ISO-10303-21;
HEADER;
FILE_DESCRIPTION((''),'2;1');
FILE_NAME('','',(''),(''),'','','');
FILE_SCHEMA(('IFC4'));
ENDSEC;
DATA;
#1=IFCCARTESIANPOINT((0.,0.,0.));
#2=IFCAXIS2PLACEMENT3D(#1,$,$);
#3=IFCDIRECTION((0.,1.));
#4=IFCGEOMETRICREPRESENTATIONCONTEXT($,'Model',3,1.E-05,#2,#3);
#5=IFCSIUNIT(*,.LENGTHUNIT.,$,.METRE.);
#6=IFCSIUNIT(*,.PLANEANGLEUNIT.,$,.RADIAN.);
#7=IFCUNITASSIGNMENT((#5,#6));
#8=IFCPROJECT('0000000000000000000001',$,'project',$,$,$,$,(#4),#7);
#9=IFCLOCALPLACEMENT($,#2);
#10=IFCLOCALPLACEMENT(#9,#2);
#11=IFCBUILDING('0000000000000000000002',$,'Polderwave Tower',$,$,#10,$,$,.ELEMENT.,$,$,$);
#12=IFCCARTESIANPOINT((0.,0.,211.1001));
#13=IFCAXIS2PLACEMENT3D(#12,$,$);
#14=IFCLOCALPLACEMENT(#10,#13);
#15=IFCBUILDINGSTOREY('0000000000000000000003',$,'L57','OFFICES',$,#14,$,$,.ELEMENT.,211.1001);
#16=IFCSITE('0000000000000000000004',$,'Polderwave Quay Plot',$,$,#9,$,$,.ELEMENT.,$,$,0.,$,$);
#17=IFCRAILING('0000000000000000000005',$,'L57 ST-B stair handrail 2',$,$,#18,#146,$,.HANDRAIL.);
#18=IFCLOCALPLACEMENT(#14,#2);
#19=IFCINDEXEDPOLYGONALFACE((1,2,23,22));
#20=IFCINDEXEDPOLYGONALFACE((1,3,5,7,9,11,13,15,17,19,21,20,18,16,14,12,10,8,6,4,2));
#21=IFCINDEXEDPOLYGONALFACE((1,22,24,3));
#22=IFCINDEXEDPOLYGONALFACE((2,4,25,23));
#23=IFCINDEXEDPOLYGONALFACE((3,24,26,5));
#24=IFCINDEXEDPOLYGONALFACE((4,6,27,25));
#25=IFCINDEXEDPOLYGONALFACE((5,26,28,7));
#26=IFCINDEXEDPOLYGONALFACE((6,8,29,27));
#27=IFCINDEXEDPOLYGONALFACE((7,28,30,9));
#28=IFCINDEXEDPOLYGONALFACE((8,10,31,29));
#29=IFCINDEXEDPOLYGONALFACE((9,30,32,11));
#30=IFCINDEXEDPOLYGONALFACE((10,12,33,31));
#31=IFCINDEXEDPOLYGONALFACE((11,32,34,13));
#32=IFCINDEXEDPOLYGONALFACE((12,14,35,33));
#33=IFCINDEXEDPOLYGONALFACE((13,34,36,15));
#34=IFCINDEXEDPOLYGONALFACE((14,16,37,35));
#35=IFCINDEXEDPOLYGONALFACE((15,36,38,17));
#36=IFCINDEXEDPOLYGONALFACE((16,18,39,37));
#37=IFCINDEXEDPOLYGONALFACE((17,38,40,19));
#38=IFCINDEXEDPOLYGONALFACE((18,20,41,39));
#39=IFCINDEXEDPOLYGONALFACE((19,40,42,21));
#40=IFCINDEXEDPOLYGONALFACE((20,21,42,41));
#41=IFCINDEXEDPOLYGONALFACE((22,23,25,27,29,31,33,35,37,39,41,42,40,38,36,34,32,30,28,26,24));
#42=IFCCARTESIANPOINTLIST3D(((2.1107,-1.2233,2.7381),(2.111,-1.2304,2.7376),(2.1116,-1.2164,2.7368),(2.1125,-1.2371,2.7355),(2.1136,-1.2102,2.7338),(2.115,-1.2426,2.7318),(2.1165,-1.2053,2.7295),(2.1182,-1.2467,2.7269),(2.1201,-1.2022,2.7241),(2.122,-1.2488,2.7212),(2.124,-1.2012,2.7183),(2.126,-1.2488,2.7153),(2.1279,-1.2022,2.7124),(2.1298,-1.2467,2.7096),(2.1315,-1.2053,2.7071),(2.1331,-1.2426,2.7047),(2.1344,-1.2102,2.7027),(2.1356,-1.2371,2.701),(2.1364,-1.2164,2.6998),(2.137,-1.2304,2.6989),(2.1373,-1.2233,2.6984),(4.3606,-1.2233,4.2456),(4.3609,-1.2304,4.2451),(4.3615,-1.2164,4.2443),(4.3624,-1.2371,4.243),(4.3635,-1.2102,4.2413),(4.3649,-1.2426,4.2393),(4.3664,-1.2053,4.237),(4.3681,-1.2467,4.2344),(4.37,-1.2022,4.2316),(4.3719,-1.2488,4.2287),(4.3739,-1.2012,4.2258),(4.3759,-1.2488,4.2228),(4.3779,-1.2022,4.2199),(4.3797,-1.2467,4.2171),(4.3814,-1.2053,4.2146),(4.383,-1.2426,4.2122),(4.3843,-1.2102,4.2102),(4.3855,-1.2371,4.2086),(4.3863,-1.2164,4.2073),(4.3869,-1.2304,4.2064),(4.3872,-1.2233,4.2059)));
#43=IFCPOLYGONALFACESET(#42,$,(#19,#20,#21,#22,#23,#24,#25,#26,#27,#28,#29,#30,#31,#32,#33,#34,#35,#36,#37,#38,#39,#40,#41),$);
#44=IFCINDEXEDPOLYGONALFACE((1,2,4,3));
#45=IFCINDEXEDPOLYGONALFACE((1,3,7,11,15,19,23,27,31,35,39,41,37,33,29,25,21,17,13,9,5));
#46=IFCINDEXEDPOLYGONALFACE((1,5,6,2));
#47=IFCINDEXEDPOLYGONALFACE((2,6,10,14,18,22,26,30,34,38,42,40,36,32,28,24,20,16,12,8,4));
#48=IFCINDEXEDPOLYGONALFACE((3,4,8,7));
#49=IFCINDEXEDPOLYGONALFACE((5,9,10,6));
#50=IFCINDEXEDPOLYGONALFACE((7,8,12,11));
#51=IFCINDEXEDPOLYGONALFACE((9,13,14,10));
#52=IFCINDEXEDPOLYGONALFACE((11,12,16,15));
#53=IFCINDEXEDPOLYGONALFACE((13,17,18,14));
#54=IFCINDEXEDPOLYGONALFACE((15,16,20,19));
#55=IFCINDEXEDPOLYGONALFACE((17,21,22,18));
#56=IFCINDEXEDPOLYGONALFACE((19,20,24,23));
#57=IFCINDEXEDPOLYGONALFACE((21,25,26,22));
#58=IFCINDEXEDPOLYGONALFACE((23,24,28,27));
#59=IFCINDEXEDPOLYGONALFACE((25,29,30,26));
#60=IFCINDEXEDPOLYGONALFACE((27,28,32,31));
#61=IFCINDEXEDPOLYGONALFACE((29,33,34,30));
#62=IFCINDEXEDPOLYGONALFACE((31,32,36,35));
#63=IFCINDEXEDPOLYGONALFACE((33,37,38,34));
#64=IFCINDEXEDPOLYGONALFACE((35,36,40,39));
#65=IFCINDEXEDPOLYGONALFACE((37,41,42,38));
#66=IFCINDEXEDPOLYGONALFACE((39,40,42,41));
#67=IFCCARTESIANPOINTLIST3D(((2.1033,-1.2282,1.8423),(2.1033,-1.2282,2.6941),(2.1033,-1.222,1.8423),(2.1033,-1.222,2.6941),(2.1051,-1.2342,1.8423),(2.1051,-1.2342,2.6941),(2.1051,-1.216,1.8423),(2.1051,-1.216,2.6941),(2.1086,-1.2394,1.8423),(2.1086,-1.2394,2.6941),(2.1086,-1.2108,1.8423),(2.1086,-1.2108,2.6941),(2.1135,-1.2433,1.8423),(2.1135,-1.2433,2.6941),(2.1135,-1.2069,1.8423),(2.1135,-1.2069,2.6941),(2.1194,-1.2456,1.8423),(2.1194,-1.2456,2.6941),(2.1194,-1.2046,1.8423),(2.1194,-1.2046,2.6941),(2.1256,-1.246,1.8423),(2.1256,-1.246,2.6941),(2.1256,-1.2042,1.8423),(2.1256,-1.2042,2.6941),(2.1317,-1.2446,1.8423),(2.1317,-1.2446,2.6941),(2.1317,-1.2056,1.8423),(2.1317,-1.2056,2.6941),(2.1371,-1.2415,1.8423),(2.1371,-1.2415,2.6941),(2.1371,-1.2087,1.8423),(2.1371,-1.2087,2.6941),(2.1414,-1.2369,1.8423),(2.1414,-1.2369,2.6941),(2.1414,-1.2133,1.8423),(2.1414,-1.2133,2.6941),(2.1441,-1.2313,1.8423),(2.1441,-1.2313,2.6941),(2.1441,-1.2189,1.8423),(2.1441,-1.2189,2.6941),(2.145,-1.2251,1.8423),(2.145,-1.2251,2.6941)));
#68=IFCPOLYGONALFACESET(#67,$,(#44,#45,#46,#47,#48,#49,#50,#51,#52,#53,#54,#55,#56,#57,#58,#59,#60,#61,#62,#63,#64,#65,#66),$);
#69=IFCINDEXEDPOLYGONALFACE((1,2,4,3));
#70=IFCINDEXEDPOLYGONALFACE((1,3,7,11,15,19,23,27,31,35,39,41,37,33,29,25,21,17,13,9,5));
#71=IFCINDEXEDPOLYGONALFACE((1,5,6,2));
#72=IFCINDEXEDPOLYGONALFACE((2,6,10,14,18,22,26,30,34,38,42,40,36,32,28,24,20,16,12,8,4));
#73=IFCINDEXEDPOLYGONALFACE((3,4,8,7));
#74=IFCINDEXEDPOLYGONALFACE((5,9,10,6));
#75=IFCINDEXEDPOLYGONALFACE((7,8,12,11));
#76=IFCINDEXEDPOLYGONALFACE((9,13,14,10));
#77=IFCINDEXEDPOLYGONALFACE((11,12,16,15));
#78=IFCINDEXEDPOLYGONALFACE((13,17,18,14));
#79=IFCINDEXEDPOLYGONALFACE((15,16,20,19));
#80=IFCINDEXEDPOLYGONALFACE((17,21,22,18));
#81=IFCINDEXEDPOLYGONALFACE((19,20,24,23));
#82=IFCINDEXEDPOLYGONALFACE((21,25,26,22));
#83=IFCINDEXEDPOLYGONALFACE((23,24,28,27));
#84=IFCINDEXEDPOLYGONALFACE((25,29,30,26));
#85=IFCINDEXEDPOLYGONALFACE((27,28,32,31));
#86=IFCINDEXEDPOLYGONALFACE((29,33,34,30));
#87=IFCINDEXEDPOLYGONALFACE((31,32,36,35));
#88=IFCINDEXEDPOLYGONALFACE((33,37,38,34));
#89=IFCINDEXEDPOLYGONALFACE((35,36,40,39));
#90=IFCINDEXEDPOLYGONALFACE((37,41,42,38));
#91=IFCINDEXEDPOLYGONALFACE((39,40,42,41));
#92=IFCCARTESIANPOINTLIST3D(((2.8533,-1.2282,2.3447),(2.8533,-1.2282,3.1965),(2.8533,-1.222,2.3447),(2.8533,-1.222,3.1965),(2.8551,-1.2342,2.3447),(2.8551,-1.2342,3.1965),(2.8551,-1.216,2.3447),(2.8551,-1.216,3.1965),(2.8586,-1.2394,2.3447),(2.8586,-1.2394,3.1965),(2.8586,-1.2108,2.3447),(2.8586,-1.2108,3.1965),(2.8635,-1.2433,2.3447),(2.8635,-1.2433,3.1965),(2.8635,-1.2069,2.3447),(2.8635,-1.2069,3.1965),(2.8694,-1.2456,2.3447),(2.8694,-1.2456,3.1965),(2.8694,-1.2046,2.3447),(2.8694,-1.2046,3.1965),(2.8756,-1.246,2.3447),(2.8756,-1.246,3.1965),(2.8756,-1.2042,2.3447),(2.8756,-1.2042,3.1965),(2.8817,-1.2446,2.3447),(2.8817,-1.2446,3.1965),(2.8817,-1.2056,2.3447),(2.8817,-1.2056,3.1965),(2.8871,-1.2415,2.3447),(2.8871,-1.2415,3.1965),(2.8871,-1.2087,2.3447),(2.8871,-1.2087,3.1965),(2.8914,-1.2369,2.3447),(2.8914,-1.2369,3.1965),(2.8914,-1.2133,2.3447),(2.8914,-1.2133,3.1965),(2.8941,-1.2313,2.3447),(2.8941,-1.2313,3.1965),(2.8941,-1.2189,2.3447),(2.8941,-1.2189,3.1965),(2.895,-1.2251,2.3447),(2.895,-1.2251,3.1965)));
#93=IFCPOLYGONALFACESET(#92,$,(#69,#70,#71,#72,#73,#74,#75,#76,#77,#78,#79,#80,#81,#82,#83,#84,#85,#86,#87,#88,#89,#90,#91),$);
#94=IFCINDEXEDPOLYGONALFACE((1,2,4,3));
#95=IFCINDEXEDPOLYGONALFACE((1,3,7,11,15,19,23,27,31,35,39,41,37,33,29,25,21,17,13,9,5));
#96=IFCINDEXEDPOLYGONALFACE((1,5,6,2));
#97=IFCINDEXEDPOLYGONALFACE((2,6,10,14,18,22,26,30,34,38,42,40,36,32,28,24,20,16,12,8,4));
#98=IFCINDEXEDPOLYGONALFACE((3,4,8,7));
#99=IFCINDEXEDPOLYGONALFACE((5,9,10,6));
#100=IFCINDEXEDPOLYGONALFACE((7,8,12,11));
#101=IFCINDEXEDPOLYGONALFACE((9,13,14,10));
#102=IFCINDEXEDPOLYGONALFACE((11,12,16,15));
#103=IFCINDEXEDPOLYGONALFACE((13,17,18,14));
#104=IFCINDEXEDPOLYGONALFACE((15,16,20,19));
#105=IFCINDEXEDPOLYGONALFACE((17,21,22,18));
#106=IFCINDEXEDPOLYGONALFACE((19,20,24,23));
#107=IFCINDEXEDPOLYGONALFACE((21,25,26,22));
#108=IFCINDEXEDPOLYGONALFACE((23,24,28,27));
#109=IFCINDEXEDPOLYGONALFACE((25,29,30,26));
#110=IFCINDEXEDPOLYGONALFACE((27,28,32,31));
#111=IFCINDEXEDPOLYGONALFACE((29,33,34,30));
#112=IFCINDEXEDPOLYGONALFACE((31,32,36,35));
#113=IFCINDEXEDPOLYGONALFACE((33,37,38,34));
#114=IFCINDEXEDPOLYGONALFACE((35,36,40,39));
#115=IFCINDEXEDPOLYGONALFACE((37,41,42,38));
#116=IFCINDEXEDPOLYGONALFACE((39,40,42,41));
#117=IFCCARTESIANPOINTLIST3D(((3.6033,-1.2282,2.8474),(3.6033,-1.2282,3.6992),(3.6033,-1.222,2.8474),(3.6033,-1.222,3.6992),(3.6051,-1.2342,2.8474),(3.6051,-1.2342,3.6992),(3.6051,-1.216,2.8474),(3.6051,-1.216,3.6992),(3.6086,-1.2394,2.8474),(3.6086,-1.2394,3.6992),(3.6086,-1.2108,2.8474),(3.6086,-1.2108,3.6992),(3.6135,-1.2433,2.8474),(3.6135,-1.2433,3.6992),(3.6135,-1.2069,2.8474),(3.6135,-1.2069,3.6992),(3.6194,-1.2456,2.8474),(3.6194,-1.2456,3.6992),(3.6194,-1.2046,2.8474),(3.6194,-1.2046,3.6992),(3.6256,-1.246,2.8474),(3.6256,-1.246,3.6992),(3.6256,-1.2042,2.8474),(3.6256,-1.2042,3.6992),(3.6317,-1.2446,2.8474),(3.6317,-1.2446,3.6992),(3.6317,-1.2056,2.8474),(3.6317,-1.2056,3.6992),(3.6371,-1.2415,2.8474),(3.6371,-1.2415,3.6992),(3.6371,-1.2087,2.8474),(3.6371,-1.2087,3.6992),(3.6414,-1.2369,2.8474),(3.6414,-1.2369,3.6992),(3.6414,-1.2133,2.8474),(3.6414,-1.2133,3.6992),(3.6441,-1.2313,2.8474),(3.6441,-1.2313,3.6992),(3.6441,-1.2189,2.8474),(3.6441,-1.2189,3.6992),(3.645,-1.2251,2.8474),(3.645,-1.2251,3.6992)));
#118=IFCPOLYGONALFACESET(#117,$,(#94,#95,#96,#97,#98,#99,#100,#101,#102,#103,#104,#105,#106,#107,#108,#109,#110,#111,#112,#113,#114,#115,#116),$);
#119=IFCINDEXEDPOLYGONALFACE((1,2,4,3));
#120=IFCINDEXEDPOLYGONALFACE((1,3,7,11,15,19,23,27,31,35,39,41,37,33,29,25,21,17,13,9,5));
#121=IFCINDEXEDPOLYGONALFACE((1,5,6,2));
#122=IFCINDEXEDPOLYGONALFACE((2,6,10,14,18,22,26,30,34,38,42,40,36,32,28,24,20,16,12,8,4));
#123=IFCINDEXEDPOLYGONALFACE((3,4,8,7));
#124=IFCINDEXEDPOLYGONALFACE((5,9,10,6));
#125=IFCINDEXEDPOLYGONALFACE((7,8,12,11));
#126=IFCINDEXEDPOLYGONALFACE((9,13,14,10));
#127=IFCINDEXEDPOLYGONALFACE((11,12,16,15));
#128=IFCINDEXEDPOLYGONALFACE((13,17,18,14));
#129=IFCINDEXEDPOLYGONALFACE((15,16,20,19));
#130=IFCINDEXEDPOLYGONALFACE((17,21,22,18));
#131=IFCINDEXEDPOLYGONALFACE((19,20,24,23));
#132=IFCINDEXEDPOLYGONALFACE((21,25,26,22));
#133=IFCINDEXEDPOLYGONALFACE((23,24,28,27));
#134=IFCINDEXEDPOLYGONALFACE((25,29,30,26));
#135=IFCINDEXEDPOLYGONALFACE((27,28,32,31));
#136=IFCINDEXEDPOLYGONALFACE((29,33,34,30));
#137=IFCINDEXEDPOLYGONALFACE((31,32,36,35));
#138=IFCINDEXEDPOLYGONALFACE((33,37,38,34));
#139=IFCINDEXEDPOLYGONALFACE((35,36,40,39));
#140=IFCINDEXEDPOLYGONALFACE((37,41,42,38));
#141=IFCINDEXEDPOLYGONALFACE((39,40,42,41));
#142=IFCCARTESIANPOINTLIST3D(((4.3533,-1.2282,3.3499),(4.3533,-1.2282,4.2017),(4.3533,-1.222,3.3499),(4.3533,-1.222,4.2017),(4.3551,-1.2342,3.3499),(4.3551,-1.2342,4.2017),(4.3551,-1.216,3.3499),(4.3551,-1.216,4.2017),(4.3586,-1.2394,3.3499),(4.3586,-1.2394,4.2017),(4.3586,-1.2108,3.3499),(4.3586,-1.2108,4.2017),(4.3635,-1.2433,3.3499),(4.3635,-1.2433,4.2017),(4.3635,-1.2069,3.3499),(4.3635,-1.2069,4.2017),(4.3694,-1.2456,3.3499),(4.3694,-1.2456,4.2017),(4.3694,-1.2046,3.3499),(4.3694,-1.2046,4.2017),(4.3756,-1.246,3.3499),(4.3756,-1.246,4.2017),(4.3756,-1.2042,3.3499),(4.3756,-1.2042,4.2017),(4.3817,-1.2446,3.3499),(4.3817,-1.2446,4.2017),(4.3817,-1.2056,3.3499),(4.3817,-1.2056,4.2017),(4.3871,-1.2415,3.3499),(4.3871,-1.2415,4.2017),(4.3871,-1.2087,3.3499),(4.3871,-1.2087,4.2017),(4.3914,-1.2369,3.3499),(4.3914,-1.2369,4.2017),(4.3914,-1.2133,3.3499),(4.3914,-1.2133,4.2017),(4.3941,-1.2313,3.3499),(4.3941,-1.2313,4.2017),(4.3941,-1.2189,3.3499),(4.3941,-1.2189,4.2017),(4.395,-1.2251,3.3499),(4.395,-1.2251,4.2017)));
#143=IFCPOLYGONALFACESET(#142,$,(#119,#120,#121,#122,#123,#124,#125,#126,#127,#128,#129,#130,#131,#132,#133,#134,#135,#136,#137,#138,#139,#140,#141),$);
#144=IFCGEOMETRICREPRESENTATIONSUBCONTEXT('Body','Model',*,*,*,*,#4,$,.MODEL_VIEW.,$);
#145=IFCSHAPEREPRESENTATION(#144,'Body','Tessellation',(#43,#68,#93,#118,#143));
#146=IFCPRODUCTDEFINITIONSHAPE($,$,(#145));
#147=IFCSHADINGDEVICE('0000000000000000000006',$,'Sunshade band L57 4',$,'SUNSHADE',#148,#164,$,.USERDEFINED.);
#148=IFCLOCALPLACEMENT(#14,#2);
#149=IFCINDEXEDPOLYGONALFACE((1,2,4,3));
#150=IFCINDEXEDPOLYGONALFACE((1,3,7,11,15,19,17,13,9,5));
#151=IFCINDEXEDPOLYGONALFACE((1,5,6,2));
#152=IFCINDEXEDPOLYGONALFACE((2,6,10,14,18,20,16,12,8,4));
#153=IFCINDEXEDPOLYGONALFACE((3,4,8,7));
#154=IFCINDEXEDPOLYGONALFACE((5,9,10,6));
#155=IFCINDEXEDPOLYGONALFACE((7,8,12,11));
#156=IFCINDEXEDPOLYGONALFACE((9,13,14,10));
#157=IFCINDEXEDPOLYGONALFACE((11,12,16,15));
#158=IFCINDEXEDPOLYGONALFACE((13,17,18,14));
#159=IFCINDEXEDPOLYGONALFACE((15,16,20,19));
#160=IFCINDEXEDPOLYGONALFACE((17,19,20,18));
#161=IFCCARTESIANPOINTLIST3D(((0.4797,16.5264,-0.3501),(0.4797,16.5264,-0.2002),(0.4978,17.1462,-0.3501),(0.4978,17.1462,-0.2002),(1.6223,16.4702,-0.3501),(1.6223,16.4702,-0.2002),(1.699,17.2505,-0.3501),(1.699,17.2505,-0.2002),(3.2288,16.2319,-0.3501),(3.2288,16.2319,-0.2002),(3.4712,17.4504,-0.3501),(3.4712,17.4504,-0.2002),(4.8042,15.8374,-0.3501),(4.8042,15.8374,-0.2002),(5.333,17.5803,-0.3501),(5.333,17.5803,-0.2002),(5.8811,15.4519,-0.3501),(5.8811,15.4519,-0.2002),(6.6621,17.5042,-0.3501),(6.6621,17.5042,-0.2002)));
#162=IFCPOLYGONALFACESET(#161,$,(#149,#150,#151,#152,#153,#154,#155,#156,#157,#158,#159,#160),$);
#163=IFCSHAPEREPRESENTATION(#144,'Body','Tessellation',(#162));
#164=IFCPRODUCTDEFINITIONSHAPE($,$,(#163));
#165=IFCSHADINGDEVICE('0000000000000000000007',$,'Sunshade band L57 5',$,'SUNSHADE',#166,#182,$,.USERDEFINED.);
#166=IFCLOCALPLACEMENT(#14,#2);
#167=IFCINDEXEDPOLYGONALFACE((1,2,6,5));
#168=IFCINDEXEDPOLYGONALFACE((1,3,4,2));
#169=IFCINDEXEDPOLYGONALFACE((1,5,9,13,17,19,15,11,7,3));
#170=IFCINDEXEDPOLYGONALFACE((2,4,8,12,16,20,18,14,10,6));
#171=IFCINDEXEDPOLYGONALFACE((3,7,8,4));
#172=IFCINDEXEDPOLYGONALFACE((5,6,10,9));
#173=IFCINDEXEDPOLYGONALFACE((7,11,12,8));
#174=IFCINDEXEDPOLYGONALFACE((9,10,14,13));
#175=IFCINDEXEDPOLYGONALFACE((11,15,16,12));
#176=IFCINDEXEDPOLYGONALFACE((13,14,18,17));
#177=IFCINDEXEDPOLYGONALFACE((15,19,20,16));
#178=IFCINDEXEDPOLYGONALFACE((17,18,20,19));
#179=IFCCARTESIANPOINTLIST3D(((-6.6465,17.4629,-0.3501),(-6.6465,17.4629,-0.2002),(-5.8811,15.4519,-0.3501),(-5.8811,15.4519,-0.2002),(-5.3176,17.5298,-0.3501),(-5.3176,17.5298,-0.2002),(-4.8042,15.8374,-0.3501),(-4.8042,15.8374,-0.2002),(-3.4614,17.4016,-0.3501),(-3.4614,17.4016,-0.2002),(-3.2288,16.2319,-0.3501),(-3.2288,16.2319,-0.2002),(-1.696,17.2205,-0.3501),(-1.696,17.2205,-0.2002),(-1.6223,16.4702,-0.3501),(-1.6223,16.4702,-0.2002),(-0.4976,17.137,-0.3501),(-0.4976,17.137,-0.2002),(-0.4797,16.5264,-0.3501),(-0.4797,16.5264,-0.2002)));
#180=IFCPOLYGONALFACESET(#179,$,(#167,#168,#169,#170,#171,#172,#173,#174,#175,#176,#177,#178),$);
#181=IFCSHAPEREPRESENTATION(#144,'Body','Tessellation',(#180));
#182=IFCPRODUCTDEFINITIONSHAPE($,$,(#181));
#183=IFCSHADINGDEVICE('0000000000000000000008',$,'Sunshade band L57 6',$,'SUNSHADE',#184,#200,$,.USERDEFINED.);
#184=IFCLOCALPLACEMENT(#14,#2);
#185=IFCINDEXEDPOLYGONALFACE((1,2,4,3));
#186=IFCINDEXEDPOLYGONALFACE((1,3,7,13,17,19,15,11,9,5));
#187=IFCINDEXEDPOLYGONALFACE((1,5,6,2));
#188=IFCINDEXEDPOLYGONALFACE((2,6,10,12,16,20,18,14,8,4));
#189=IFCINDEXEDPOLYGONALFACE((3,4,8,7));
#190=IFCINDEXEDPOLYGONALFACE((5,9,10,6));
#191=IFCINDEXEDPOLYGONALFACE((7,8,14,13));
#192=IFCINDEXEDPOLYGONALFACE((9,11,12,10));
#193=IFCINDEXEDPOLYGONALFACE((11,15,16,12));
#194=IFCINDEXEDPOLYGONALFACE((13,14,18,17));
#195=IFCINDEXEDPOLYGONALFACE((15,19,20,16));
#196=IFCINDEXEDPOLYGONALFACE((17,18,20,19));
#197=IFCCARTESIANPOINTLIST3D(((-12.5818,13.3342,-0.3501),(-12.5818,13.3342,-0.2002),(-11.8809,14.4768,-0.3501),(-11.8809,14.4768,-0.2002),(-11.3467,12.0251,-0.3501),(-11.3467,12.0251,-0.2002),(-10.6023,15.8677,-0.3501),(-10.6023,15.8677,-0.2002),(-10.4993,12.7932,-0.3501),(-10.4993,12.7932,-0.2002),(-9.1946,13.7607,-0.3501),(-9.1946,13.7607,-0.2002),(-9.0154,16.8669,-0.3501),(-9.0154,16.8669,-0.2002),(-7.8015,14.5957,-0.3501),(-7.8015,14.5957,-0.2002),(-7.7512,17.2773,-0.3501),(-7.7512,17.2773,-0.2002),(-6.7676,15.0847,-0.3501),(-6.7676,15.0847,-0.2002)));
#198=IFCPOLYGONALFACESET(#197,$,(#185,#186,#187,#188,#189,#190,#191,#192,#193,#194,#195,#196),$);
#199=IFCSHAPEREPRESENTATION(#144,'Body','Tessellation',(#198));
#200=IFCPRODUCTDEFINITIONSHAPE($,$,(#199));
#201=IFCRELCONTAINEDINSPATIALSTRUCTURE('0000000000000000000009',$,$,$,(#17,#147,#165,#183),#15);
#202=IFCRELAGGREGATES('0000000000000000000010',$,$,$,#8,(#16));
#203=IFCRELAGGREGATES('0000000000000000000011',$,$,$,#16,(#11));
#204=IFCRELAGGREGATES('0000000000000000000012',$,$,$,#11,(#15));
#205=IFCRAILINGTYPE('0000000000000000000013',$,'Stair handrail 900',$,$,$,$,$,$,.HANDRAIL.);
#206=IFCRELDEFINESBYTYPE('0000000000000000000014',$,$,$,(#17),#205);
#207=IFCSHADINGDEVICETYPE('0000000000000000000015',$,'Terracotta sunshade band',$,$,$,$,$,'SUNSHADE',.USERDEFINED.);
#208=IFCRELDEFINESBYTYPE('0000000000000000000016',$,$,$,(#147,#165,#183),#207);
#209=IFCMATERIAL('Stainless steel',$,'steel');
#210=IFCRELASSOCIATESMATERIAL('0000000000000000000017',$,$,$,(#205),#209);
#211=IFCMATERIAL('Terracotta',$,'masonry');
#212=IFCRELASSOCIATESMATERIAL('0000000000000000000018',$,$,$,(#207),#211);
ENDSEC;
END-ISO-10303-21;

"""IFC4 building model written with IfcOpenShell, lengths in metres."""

from ifc_helpers import new_model, si_unit, direction, frame, origin, origin_2d, place, context, subcontext, project, spatial, polyline, circle, outline, extrude, material, type_object, element, save


model = new_model("IFC4")

# Units and contexts
model_context = context("Model", 3, precision=1e-05, world=origin(), true_north=direction((0.0, 1.0)))
body_context = subcontext(model_context, "Body", "Model", "MODEL_VIEW")
ifc_project = project(units=[si_unit("LENGTHUNIT", "METRE"), si_unit("PLANEANGLEUNIT", "RADIAN")], contexts=[model_context])

# Site, building, storey
site_placement = place(None, origin())
site = spatial("IfcSite", under=ifc_project, at=site_placement, Name="Polderwave Quay Plot", CompositionType="ELEMENT", RefElevation=0.0)
building_placement = place(site_placement, origin())
building = spatial("IfcBuilding", under=site, at=building_placement, Name="Polderwave Tower", CompositionType="ELEMENT")
storey_placement = place(building_placement, frame((0.0, 0.0, 211.1001)))
storey = spatial("IfcBuildingStorey", under=building, at=storey_placement, Name="L57", Description="OFFICES", CompositionType="ELEMENT", Elevation=211.1001)

# Railing
ifc_material_1 = material(Name="Stainless steel", Category="steel")
railing_type_1 = type_object("IfcRailingType", Name="Stair handrail 900", PredefinedType="HANDRAIL", material=ifc_material_1)
railing_1_placement = place(storey_placement, frame((2.124, -1.2251, 1.8423)))
element("IfcRailing", 1, at=railing_1_placement, inside=storey, type_object=railing_type_1, Name="L57 ST-B stair handrail 2", PredefinedType="HANDRAIL", context=body_context, shape_type="SweptSolid", body=[
    extrude(circle(Radius=0.0239, at=origin_2d()), frame((0.0, 0.0, 0.876), z_axis=(0.830758, 0.0, 0.556633), x_axis=(0.0, 1.0, 0.0)), (0.0, 0.0, 1.0), 2.7083),
    extrude(circle(Radius=0.021, at=origin_2d()), origin(), (0.0, 0.0, 1.0), 0.8518),
    extrude(circle(Radius=0.021, at=origin_2d()), frame((0.75, 0.0, 0.5024)), (0.0, 0.0, 1.0), 0.8518),
    extrude(circle(Radius=0.021, at=origin_2d()), frame((1.5, 0.0, 1.0051)), (0.0, 0.0, 1.0), 0.8518),
    extrude(circle(Radius=0.021, at=origin_2d()), frame((2.25, 0.0, 1.5076)), (0.0, 0.0, 1.0), 0.8518),
])

# Shading devices
ifc_material_2 = material(Name="Terracotta", Category="masonry")
shading_device_type = type_object("IfcShadingDeviceType", Name="Terracotta sunshade band", ElementType="SUNSHADE", PredefinedType="USERDEFINED", material=ifc_material_2)
shading_device_1_placement = place(storey_placement, frame((0.0, 0.0, -0.3501)))
element("IfcShadingDevice", 2, at=shading_device_1_placement, inside=storey, type_object=shading_device_type, Name="Sunshade band L57 4", ObjectType="SUNSHADE", PredefinedType="USERDEFINED", context=body_context, shape_type="SweptSolid", body=[
    extrude(outline(polyline([(5.8811, 15.4519), (4.8042, 15.8374), (3.2288, 16.2319), (1.6223, 16.4702), (0.4797, 16.5264), (0.4978, 17.1462), (1.699, 17.2505), (3.4712, 17.4504), (5.333, 17.5803), (6.6621, 17.5042), (5.8811, 15.4519)])), origin(), (0.0, 0.0, 1.0), 0.1499),
])
shading_device_2_placement = place(storey_placement, frame((0.0, 0.0, -0.3501)))
element("IfcShadingDevice", 3, at=shading_device_2_placement, inside=storey, type_object=shading_device_type, Name="Sunshade band L57 5", ObjectType="SUNSHADE", PredefinedType="USERDEFINED", context=body_context, shape_type="SweptSolid", body=[
    extrude(outline(polyline([(-0.4797, 16.5264), (-1.6223, 16.4702), (-3.2288, 16.2319), (-4.8042, 15.8374), (-5.8811, 15.4519), (-6.6465, 17.4629), (-5.3176, 17.5298), (-3.4614, 17.4016), (-1.696, 17.2205), (-0.4976, 17.137), (-0.4797, 16.5264)])), origin(), (0.0, 0.0, 1.0), 0.1499),
])
shading_device_3_placement = place(storey_placement, frame((0.0, 0.0, -0.3501)))
element("IfcShadingDevice", 4, at=shading_device_3_placement, inside=storey, type_object=shading_device_type, Name="Sunshade band L57 6", ObjectType="SUNSHADE", PredefinedType="USERDEFINED", context=body_context, shape_type="SweptSolid", body=[
    extrude(outline(polyline([(-6.7676, 15.0847), (-7.8015, 14.5957), (-9.1946, 13.7607), (-10.4993, 12.7932), (-11.3467, 12.0251), (-12.5818, 13.3342), (-11.8809, 14.4768), (-10.6023, 15.8677), (-9.0154, 16.8669), (-7.7512, 17.2773), (-6.7676, 15.0847)])), origin(), (0.0, 0.0, 1.0), 0.1499),
])

save(model, "model.ifc")
